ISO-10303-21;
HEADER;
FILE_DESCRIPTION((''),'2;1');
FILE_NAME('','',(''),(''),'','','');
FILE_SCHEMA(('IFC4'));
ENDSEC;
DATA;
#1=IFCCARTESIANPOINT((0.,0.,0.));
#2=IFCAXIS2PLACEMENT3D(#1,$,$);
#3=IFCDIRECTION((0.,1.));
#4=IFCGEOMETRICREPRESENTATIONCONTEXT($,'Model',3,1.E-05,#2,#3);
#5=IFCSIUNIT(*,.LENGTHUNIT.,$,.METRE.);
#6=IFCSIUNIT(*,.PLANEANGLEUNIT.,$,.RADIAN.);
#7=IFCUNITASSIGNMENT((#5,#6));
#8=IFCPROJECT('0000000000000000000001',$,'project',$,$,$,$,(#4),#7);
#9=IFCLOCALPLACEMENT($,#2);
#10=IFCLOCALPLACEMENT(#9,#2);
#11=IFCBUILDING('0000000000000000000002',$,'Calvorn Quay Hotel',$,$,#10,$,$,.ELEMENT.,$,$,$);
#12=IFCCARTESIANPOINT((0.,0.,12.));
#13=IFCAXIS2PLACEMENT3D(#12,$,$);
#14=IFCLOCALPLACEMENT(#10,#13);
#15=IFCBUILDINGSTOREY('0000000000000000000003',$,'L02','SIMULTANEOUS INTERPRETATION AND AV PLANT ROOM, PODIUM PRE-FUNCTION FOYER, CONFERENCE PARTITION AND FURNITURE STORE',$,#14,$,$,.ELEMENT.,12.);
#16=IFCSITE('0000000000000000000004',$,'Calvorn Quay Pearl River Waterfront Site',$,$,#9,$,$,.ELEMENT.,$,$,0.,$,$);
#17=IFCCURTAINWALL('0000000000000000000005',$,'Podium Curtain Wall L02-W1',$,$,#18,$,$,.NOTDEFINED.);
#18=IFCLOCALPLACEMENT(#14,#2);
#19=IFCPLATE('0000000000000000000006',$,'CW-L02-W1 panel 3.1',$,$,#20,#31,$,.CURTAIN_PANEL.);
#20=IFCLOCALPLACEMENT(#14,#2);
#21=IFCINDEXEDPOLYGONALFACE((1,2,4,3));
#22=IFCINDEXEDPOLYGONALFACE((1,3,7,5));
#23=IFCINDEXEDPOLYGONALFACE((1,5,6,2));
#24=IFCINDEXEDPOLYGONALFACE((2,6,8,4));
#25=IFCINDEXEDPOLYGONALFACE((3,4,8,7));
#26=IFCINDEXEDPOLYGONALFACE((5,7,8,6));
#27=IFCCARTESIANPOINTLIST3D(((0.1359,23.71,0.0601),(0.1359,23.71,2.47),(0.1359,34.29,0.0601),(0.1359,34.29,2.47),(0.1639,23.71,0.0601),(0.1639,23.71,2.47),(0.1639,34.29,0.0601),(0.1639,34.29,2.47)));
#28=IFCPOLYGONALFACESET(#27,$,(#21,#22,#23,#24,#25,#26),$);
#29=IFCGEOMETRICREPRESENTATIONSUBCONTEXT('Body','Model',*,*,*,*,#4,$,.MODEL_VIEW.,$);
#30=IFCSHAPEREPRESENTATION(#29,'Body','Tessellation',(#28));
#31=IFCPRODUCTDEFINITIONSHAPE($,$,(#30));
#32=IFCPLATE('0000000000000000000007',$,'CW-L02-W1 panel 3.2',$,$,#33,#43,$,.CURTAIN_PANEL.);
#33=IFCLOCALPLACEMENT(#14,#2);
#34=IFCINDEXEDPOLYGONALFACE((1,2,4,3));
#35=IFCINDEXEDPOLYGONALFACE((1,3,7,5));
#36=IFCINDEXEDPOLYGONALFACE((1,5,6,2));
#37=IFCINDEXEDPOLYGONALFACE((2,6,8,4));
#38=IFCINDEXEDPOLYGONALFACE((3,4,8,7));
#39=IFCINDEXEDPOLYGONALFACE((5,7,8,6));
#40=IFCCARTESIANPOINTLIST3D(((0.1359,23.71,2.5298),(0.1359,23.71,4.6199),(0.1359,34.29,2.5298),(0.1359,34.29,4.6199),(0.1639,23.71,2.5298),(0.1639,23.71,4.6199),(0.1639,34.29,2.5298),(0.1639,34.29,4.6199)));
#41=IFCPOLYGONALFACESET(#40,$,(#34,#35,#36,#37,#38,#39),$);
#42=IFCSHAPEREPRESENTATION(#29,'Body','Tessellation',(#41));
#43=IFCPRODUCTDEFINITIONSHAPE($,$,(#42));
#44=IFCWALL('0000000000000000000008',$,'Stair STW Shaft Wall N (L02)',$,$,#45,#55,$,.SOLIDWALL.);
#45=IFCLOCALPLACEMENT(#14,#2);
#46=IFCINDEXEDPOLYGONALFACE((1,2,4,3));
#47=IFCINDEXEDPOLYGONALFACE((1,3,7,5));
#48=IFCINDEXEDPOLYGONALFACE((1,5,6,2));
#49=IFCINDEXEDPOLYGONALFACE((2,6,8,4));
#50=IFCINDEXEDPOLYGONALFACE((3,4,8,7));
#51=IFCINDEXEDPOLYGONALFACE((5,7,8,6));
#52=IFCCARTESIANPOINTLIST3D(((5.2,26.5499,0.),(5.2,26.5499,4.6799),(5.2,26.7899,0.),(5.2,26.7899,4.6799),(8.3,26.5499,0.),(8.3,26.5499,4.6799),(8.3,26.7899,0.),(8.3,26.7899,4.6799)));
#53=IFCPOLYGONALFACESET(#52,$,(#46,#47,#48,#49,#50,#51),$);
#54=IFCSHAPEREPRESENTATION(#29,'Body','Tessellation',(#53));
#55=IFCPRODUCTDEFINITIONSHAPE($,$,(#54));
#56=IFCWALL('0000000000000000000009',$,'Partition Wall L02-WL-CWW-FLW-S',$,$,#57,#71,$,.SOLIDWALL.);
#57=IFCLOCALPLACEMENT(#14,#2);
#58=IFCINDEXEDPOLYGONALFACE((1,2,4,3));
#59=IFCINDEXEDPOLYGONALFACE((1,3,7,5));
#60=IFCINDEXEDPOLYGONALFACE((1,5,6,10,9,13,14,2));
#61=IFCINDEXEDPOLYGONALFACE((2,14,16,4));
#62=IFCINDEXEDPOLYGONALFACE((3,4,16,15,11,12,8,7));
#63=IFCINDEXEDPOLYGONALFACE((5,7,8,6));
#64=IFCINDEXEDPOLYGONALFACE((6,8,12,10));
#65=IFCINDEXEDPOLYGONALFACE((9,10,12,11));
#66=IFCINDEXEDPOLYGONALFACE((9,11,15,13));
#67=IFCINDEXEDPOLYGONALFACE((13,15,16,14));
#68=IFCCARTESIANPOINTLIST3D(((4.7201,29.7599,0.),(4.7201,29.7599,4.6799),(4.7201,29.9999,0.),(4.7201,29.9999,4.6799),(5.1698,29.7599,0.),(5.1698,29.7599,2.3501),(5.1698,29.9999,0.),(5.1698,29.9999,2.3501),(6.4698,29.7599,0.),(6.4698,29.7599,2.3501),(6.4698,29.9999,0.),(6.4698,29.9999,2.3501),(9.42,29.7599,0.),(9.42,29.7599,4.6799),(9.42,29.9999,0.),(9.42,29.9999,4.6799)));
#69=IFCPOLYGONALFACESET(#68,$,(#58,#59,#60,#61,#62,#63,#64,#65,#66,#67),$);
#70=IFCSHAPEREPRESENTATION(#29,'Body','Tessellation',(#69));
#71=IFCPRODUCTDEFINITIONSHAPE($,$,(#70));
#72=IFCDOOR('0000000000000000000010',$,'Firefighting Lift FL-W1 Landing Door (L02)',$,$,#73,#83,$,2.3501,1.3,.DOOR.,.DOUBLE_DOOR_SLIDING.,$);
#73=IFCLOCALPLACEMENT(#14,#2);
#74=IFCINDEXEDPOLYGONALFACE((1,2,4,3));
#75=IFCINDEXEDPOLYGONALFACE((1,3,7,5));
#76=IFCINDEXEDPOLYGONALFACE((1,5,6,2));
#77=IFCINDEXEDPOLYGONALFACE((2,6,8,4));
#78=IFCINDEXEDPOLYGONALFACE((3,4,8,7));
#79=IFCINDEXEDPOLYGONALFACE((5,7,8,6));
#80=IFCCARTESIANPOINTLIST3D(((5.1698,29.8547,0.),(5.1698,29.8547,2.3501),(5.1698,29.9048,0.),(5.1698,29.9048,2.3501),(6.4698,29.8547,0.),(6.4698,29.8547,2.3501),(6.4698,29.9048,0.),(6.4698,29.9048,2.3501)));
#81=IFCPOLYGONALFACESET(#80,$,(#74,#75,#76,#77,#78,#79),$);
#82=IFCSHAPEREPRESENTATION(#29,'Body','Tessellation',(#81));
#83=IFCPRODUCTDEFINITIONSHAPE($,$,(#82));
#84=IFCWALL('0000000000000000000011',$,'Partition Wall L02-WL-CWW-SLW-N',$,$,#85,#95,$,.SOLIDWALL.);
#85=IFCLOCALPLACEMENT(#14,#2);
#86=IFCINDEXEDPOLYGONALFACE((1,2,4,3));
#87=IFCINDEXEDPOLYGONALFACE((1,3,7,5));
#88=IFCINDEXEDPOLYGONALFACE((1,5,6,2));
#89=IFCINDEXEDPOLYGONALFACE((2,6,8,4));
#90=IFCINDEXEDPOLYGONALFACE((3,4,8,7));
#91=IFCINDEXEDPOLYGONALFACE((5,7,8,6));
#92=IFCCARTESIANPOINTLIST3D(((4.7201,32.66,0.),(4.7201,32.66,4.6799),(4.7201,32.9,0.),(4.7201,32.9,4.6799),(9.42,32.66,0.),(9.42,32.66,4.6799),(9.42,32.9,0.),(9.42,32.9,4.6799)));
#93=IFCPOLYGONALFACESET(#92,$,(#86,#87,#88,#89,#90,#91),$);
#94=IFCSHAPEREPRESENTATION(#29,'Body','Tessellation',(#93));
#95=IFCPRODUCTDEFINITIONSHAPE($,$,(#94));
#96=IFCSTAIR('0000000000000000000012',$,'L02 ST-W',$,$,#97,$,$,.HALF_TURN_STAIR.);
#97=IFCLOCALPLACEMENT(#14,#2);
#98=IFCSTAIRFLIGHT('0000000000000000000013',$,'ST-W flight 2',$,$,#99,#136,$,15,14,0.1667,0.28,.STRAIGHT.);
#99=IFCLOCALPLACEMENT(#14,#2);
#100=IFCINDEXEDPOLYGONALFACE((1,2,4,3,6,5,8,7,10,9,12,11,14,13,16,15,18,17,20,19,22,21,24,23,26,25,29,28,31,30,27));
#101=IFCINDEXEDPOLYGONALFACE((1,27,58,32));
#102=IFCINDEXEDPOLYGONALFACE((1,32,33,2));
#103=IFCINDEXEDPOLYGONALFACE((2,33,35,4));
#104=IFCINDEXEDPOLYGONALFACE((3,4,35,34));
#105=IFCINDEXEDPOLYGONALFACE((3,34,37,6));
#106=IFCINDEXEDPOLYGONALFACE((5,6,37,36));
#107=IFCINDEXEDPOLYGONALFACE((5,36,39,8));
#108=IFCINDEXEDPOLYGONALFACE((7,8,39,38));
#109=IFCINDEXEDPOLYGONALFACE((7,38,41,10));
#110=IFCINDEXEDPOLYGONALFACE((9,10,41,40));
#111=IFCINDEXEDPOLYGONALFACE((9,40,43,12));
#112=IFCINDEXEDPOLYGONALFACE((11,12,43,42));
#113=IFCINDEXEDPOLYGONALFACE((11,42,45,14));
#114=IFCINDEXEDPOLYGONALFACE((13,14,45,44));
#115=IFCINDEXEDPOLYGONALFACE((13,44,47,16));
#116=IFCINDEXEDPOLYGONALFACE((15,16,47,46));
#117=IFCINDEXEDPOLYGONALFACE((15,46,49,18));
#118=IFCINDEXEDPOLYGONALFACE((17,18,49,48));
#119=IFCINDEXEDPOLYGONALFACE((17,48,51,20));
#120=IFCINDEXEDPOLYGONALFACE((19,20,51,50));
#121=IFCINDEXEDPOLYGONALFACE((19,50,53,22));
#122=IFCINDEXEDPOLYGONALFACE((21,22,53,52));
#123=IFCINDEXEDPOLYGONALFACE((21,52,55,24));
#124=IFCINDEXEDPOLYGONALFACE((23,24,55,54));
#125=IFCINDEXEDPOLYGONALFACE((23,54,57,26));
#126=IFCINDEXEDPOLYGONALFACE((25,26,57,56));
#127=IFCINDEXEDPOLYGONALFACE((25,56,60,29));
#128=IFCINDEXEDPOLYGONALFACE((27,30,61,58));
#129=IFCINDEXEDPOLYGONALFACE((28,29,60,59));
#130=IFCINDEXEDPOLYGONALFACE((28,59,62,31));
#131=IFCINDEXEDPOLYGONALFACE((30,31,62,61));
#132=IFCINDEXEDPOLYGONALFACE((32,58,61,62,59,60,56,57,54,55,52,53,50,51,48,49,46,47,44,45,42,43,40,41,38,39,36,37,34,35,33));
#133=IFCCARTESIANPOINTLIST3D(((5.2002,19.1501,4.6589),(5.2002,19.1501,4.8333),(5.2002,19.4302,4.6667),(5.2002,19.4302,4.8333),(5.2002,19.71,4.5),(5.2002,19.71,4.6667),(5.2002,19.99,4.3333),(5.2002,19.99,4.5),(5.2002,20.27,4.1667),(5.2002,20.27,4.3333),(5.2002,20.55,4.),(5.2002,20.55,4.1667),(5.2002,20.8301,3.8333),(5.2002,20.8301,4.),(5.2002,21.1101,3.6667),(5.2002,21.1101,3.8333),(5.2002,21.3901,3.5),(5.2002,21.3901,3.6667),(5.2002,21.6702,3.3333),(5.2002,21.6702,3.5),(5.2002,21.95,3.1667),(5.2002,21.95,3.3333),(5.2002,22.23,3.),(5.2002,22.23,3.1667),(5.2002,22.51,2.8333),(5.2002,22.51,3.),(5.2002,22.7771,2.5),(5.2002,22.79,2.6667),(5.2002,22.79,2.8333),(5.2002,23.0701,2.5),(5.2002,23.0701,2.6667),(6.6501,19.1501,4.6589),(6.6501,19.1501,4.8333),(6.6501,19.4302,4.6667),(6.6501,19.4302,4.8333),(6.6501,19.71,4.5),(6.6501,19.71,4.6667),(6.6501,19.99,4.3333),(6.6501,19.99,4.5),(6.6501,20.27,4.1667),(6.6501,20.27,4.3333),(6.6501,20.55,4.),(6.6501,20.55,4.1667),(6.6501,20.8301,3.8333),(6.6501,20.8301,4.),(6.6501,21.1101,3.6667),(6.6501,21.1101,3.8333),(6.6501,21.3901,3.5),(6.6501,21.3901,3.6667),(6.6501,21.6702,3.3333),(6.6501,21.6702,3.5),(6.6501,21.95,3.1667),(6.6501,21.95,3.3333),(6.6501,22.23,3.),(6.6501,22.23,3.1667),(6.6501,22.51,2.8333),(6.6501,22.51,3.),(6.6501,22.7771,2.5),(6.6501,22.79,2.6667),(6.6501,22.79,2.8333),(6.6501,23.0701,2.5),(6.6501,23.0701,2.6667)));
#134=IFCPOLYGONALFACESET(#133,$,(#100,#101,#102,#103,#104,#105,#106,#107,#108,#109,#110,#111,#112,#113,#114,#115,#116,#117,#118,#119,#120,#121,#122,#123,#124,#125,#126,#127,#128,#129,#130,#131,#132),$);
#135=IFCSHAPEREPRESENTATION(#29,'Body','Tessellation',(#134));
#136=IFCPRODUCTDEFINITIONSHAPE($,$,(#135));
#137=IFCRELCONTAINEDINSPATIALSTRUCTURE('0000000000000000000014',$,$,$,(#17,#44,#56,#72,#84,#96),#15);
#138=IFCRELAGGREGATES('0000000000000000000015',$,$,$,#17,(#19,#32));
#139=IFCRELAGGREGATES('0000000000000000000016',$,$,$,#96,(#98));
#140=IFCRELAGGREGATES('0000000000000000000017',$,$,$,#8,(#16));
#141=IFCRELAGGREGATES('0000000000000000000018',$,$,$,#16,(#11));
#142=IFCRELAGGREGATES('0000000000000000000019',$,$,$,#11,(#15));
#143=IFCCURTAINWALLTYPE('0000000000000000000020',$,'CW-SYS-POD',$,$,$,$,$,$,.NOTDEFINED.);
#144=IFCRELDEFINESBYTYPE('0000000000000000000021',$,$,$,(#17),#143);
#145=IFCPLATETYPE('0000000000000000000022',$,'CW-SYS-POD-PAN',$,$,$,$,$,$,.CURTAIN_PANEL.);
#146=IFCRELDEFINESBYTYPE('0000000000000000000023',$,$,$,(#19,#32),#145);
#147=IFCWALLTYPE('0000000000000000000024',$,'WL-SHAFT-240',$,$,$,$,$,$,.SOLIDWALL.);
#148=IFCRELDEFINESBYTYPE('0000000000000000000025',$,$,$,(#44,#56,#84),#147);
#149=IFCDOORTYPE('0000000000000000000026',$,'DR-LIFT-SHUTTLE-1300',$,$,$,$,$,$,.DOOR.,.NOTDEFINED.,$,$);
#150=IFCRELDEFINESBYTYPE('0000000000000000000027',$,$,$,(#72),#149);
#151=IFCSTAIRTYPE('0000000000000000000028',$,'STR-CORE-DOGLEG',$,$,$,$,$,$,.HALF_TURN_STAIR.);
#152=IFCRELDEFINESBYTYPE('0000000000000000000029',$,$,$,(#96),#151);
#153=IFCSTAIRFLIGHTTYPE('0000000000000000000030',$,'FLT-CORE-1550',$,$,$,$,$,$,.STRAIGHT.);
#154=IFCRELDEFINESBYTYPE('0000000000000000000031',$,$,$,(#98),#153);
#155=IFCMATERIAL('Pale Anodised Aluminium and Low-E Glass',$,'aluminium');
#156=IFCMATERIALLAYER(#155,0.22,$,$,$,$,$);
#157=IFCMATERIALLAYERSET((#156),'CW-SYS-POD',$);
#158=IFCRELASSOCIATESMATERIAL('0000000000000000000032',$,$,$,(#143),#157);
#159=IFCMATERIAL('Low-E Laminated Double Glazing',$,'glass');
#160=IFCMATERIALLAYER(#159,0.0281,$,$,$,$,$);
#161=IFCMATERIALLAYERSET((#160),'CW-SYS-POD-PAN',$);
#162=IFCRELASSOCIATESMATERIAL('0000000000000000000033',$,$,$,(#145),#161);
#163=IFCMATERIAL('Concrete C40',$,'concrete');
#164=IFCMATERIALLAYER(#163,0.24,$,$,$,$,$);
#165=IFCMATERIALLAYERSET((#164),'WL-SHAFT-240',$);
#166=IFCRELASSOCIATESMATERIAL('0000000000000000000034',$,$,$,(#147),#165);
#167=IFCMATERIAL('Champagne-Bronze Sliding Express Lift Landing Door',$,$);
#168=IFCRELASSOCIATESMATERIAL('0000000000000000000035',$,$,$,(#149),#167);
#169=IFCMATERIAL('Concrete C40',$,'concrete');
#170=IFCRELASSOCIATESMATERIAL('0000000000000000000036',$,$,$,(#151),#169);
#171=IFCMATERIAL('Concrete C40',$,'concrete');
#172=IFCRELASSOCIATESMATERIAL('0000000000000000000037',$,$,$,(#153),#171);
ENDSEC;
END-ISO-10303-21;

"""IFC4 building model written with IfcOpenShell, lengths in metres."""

from ifc_helpers import new_model, si_unit, direction, frame, frame_2d, origin, origin_2d, place, context, subcontext, project, spatial, polyline, rectangle, outline, extrude, material, layer, layer_set, type_object, element, fill, aggregate, save


model = new_model("IFC4")

# Units and contexts
model_context = context("Model", 3, precision=1e-05, world=origin(), true_north=direction((0.0, 1.0)))
body_context = subcontext(model_context, "Body", "Model", "MODEL_VIEW")
ifc_project = project(units=[si_unit("LENGTHUNIT", "METRE"), si_unit("PLANEANGLEUNIT", "RADIAN")], contexts=[model_context])

# Site, building, storey
site_placement = place(None, origin())
site = spatial("IfcSite", under=ifc_project, at=site_placement, Name="Calvorn Quay Pearl River Waterfront Site", CompositionType="ELEMENT", RefElevation=0.0)
building_placement = place(site_placement, origin())
building = spatial("IfcBuilding", under=site, at=building_placement, Name="Calvorn Quay Hotel", CompositionType="ELEMENT")
storey_placement = place(building_placement, frame((0.0, 0.0, 12.0)))
storey = spatial("IfcBuildingStorey", under=building, at=storey_placement, Name="L02", Description="SIMULTANEOUS INTERPRETATION AND AV PLANT ROOM, PODIUM PRE-FUNCTION FOYER, CONFERENCE PARTITION AND FURNITURE STORE", CompositionType="ELEMENT", Elevation=12.0)

# Curtain wall, plates
ifc_material_1 = material(Name="Pale Anodised Aluminium and Low-E Glass", Category="aluminium")
ifc_layer_1 = layer(ifc_material_1, 0.22)
ifc_layer_set_1 = layer_set([ifc_layer_1], Name="CW-SYS-POD")
curtain_wall_type = type_object("IfcCurtainWallType", Name="CW-SYS-POD", PredefinedType="NOTDEFINED", material=ifc_layer_set_1)
curtain_wall_placement = place(storey_placement, origin())
curtain_wall = element("IfcCurtainWall", 1, at=curtain_wall_placement, inside=storey, type_object=curtain_wall_type, Name="Podium Curtain Wall L02-W1", PredefinedType="NOTDEFINED")
ifc_material_2 = material(Name="Low-E Laminated Double Glazing", Category="glass")
ifc_layer_2 = layer(ifc_material_2, 0.0281)
ifc_layer_set_2 = layer_set([ifc_layer_2], Name="CW-SYS-POD-PAN")
plate_type = type_object("IfcPlateType", Name="CW-SYS-POD-PAN", PredefinedType="CURTAIN_PANEL", material=ifc_layer_set_2)
plate_1_placement = place(storey_placement, frame((0.1499, 29.0, 0.0601), z_axis=(0.0, 0.0, 1.0), x_axis=(0.0, 1.0, 0.0)))
plate_1 = element("IfcPlate", 2, at=plate_1_placement, type_object=plate_type, Name="CW-L02-W1 panel 3.1", PredefinedType="CURTAIN_PANEL", context=body_context, shape_type="SweptSolid", body=[
    extrude(rectangle(XDim=10.5801, YDim=0.0281, at=origin_2d()), origin(), (0.0, 0.0, 1.0), 2.4099),
])
plate_2_placement = place(storey_placement, frame((0.1499, 29.0, 2.5298), z_axis=(0.0, 0.0, 1.0), x_axis=(0.0, 1.0, 0.0)))
plate_2 = element("IfcPlate", 3, at=plate_2_placement, type_object=plate_type, Name="CW-L02-W1 panel 3.2", PredefinedType="CURTAIN_PANEL", context=body_context, shape_type="SweptSolid", body=[
    extrude(rectangle(XDim=10.5801, YDim=0.0281, at=origin_2d()), origin(), (0.0, 0.0, 1.0), 2.0901),
])
aggregate(curtain_wall, [plate_1, plate_2])

# Wall
ifc_material_3 = material(Name="Concrete C40", Category="concrete")
ifc_layer_3 = layer(ifc_material_3, 0.24)
ifc_layer_set_3 = layer_set([ifc_layer_3], Name="WL-SHAFT-240")
wall_type = type_object("IfcWallType", Name="WL-SHAFT-240", PredefinedType="SOLIDWALL", material=ifc_layer_set_3)
wall_1_placement = place(storey_placement, frame((5.2, 26.6699, 0.0), z_axis=(0.0, 0.0, 1.0), x_axis=(1.0, 0.0, 0.0)))
element("IfcWall", 4, at=wall_1_placement, inside=storey, type_object=wall_type, Name="Stair STW Shaft Wall N (L02)", PredefinedType="SOLIDWALL", context=body_context, shape_type="SweptSolid", body=[
    extrude(rectangle(XDim=3.1001, YDim=0.24, at=frame_2d((1.55, 0.0))), origin(), (0.0, 0.0, 1.0), 4.6799),
])

# Wall, opening, door
wall_2_placement = place(storey_placement, frame((4.72, 29.8799, 0.0), z_axis=(0.0, 0.0, 1.0), x_axis=(1.0, 0.0, 0.0)))
wall_2 = element("IfcWall", 5, at=wall_2_placement, inside=storey, type_object=wall_type, Name="Partition Wall L02-WL-CWW-FLW-S", PredefinedType="SOLIDWALL", context=body_context, shape_type="SweptSolid", body=[
    extrude(rectangle(XDim=4.7, YDim=0.24, at=frame_2d((2.3501, 0.0))), origin(), (0.0, 0.0, 1.0), 4.6799),
])
opening_placement = place(wall_2_placement, frame((0.45, 0.0, 0.0)))
opening = element("IfcOpeningElement", 6, at=opening_placement, cuts=wall_2, PredefinedType="OPENING", context=body_context, shape_type="SweptSolid", body=[
    extrude(rectangle(XDim=1.3, YDim=2.3501, at=frame_2d((0.6499, 1.175))), frame((0.0, 0.1299, 0.0), z_axis=(0.0, -1.0, 0.0), x_axis=(1.0, 0.0, 0.0)), (0.0, 0.0, 1.0), 0.26),
])
ifc_material_4 = material(Name="Champagne-Bronze Sliding Express Lift Landing Door")
door_type = type_object("IfcDoorType", Name="DR-LIFT-SHUTTLE-1300", OperationType="NOTDEFINED", PredefinedType="DOOR", material=ifc_material_4)
door_placement = place(opening_placement, origin())
door = element("IfcDoor", 7, at=door_placement, inside=storey, type_object=door_type, Name="Firefighting Lift FL-W1 Landing Door (L02)", OperationType="DOUBLE_DOOR_SLIDING", OverallHeight=2.3501, OverallWidth=1.3, PredefinedType="DOOR", context=body_context, shape_type="SweptSolid", body=[
    extrude(rectangle(XDim=1.3, YDim=2.3501, at=frame_2d((0.6499, 1.175))), frame((0.0, 0.0249, 0.0), z_axis=(0.0, -1.0, 0.0), x_axis=(1.0, 0.0, 0.0)), (0.0, 0.0, 1.0), 0.05),
])
fill(opening, door)

# Wall
wall_3_placement = place(storey_placement, frame((4.72, 32.78, 0.0), z_axis=(0.0, 0.0, 1.0), x_axis=(1.0, 0.0, 0.0)))
element("IfcWall", 8, at=wall_3_placement, inside=storey, type_object=wall_type, Name="Partition Wall L02-WL-CWW-SLW-N", PredefinedType="SOLIDWALL", context=body_context, shape_type="SweptSolid", body=[
    extrude(rectangle(XDim=4.7, YDim=0.24, at=frame_2d((2.3501, 0.0))), origin(), (0.0, 0.0, 1.0), 4.6799),
])

# Stair, stair flight
ifc_material_5 = material(Name="Concrete C40", Category="concrete")
stair_type = type_object("IfcStairType", Name="STR-CORE-DOGLEG", PredefinedType="HALF_TURN_STAIR", material=ifc_material_5)
stair_placement = place(storey_placement, origin())
stair = element("IfcStair", 9, at=stair_placement, inside=storey, type_object=stair_type, Name="L02 ST-W", PredefinedType="HALF_TURN_STAIR")
ifc_material_6 = material(Name="Concrete C40", Category="concrete")
stair_flight_type = type_object("IfcStairFlightType", Name="FLT-CORE-1550", PredefinedType="STRAIGHT", material=ifc_material_6)
stair_flight_placement = place(storey_placement, frame((5.925, 23.0701, 2.5), z_axis=(0.0, 0.0, 1.0), x_axis=(0.0, -1.0, 0.0)))
stair_flight = element("IfcStairFlight", 10, at=stair_flight_placement, type_object=stair_flight_type, Name="ST-W flight 2", NumberOfRisers=15, NumberOfTreads=14, PredefinedType="STRAIGHT", RiserHeight=0.1667, TreadLength=0.28, context=body_context, shape_type="SweptSolid", body=[
    extrude(outline(polyline([(0.0, 0.0), (0.0, 0.1667), (0.28, 0.1667), (0.28, 0.3333), (0.5601, 0.3333), (0.5601, 0.5), (0.8401, 0.5), (0.8401, 0.6667), (1.1201, 0.6667), (1.1201, 0.8333), (1.3999, 0.8333), (1.3999, 1.0), (1.6799, 1.0), (1.6799, 1.1667), (1.96, 1.1667), (1.96, 1.3333), (2.24, 1.3333), (2.24, 1.5), (2.52, 1.5), (2.52, 1.6667), (2.8, 1.6667), (2.8, 1.8333), (3.0801, 1.8333), (3.0801, 2.0), (3.3601, 2.0), (3.3601, 2.1667), (3.6399, 2.1667), (3.6399, 2.3333), (3.9199, 2.3333), (3.9199, 2.5), (3.9199, 2.1589), (0.293, 0.0), (0.0, 0.0)])), frame((0.0, 0.7251, 0.0), z_axis=(0.0, -1.0, 0.0), x_axis=(1.0, 0.0, 0.0)), (0.0, 0.0, 1.0), 1.45),
])
aggregate(stair, [stair_flight])

save(model, "model.ifc")
